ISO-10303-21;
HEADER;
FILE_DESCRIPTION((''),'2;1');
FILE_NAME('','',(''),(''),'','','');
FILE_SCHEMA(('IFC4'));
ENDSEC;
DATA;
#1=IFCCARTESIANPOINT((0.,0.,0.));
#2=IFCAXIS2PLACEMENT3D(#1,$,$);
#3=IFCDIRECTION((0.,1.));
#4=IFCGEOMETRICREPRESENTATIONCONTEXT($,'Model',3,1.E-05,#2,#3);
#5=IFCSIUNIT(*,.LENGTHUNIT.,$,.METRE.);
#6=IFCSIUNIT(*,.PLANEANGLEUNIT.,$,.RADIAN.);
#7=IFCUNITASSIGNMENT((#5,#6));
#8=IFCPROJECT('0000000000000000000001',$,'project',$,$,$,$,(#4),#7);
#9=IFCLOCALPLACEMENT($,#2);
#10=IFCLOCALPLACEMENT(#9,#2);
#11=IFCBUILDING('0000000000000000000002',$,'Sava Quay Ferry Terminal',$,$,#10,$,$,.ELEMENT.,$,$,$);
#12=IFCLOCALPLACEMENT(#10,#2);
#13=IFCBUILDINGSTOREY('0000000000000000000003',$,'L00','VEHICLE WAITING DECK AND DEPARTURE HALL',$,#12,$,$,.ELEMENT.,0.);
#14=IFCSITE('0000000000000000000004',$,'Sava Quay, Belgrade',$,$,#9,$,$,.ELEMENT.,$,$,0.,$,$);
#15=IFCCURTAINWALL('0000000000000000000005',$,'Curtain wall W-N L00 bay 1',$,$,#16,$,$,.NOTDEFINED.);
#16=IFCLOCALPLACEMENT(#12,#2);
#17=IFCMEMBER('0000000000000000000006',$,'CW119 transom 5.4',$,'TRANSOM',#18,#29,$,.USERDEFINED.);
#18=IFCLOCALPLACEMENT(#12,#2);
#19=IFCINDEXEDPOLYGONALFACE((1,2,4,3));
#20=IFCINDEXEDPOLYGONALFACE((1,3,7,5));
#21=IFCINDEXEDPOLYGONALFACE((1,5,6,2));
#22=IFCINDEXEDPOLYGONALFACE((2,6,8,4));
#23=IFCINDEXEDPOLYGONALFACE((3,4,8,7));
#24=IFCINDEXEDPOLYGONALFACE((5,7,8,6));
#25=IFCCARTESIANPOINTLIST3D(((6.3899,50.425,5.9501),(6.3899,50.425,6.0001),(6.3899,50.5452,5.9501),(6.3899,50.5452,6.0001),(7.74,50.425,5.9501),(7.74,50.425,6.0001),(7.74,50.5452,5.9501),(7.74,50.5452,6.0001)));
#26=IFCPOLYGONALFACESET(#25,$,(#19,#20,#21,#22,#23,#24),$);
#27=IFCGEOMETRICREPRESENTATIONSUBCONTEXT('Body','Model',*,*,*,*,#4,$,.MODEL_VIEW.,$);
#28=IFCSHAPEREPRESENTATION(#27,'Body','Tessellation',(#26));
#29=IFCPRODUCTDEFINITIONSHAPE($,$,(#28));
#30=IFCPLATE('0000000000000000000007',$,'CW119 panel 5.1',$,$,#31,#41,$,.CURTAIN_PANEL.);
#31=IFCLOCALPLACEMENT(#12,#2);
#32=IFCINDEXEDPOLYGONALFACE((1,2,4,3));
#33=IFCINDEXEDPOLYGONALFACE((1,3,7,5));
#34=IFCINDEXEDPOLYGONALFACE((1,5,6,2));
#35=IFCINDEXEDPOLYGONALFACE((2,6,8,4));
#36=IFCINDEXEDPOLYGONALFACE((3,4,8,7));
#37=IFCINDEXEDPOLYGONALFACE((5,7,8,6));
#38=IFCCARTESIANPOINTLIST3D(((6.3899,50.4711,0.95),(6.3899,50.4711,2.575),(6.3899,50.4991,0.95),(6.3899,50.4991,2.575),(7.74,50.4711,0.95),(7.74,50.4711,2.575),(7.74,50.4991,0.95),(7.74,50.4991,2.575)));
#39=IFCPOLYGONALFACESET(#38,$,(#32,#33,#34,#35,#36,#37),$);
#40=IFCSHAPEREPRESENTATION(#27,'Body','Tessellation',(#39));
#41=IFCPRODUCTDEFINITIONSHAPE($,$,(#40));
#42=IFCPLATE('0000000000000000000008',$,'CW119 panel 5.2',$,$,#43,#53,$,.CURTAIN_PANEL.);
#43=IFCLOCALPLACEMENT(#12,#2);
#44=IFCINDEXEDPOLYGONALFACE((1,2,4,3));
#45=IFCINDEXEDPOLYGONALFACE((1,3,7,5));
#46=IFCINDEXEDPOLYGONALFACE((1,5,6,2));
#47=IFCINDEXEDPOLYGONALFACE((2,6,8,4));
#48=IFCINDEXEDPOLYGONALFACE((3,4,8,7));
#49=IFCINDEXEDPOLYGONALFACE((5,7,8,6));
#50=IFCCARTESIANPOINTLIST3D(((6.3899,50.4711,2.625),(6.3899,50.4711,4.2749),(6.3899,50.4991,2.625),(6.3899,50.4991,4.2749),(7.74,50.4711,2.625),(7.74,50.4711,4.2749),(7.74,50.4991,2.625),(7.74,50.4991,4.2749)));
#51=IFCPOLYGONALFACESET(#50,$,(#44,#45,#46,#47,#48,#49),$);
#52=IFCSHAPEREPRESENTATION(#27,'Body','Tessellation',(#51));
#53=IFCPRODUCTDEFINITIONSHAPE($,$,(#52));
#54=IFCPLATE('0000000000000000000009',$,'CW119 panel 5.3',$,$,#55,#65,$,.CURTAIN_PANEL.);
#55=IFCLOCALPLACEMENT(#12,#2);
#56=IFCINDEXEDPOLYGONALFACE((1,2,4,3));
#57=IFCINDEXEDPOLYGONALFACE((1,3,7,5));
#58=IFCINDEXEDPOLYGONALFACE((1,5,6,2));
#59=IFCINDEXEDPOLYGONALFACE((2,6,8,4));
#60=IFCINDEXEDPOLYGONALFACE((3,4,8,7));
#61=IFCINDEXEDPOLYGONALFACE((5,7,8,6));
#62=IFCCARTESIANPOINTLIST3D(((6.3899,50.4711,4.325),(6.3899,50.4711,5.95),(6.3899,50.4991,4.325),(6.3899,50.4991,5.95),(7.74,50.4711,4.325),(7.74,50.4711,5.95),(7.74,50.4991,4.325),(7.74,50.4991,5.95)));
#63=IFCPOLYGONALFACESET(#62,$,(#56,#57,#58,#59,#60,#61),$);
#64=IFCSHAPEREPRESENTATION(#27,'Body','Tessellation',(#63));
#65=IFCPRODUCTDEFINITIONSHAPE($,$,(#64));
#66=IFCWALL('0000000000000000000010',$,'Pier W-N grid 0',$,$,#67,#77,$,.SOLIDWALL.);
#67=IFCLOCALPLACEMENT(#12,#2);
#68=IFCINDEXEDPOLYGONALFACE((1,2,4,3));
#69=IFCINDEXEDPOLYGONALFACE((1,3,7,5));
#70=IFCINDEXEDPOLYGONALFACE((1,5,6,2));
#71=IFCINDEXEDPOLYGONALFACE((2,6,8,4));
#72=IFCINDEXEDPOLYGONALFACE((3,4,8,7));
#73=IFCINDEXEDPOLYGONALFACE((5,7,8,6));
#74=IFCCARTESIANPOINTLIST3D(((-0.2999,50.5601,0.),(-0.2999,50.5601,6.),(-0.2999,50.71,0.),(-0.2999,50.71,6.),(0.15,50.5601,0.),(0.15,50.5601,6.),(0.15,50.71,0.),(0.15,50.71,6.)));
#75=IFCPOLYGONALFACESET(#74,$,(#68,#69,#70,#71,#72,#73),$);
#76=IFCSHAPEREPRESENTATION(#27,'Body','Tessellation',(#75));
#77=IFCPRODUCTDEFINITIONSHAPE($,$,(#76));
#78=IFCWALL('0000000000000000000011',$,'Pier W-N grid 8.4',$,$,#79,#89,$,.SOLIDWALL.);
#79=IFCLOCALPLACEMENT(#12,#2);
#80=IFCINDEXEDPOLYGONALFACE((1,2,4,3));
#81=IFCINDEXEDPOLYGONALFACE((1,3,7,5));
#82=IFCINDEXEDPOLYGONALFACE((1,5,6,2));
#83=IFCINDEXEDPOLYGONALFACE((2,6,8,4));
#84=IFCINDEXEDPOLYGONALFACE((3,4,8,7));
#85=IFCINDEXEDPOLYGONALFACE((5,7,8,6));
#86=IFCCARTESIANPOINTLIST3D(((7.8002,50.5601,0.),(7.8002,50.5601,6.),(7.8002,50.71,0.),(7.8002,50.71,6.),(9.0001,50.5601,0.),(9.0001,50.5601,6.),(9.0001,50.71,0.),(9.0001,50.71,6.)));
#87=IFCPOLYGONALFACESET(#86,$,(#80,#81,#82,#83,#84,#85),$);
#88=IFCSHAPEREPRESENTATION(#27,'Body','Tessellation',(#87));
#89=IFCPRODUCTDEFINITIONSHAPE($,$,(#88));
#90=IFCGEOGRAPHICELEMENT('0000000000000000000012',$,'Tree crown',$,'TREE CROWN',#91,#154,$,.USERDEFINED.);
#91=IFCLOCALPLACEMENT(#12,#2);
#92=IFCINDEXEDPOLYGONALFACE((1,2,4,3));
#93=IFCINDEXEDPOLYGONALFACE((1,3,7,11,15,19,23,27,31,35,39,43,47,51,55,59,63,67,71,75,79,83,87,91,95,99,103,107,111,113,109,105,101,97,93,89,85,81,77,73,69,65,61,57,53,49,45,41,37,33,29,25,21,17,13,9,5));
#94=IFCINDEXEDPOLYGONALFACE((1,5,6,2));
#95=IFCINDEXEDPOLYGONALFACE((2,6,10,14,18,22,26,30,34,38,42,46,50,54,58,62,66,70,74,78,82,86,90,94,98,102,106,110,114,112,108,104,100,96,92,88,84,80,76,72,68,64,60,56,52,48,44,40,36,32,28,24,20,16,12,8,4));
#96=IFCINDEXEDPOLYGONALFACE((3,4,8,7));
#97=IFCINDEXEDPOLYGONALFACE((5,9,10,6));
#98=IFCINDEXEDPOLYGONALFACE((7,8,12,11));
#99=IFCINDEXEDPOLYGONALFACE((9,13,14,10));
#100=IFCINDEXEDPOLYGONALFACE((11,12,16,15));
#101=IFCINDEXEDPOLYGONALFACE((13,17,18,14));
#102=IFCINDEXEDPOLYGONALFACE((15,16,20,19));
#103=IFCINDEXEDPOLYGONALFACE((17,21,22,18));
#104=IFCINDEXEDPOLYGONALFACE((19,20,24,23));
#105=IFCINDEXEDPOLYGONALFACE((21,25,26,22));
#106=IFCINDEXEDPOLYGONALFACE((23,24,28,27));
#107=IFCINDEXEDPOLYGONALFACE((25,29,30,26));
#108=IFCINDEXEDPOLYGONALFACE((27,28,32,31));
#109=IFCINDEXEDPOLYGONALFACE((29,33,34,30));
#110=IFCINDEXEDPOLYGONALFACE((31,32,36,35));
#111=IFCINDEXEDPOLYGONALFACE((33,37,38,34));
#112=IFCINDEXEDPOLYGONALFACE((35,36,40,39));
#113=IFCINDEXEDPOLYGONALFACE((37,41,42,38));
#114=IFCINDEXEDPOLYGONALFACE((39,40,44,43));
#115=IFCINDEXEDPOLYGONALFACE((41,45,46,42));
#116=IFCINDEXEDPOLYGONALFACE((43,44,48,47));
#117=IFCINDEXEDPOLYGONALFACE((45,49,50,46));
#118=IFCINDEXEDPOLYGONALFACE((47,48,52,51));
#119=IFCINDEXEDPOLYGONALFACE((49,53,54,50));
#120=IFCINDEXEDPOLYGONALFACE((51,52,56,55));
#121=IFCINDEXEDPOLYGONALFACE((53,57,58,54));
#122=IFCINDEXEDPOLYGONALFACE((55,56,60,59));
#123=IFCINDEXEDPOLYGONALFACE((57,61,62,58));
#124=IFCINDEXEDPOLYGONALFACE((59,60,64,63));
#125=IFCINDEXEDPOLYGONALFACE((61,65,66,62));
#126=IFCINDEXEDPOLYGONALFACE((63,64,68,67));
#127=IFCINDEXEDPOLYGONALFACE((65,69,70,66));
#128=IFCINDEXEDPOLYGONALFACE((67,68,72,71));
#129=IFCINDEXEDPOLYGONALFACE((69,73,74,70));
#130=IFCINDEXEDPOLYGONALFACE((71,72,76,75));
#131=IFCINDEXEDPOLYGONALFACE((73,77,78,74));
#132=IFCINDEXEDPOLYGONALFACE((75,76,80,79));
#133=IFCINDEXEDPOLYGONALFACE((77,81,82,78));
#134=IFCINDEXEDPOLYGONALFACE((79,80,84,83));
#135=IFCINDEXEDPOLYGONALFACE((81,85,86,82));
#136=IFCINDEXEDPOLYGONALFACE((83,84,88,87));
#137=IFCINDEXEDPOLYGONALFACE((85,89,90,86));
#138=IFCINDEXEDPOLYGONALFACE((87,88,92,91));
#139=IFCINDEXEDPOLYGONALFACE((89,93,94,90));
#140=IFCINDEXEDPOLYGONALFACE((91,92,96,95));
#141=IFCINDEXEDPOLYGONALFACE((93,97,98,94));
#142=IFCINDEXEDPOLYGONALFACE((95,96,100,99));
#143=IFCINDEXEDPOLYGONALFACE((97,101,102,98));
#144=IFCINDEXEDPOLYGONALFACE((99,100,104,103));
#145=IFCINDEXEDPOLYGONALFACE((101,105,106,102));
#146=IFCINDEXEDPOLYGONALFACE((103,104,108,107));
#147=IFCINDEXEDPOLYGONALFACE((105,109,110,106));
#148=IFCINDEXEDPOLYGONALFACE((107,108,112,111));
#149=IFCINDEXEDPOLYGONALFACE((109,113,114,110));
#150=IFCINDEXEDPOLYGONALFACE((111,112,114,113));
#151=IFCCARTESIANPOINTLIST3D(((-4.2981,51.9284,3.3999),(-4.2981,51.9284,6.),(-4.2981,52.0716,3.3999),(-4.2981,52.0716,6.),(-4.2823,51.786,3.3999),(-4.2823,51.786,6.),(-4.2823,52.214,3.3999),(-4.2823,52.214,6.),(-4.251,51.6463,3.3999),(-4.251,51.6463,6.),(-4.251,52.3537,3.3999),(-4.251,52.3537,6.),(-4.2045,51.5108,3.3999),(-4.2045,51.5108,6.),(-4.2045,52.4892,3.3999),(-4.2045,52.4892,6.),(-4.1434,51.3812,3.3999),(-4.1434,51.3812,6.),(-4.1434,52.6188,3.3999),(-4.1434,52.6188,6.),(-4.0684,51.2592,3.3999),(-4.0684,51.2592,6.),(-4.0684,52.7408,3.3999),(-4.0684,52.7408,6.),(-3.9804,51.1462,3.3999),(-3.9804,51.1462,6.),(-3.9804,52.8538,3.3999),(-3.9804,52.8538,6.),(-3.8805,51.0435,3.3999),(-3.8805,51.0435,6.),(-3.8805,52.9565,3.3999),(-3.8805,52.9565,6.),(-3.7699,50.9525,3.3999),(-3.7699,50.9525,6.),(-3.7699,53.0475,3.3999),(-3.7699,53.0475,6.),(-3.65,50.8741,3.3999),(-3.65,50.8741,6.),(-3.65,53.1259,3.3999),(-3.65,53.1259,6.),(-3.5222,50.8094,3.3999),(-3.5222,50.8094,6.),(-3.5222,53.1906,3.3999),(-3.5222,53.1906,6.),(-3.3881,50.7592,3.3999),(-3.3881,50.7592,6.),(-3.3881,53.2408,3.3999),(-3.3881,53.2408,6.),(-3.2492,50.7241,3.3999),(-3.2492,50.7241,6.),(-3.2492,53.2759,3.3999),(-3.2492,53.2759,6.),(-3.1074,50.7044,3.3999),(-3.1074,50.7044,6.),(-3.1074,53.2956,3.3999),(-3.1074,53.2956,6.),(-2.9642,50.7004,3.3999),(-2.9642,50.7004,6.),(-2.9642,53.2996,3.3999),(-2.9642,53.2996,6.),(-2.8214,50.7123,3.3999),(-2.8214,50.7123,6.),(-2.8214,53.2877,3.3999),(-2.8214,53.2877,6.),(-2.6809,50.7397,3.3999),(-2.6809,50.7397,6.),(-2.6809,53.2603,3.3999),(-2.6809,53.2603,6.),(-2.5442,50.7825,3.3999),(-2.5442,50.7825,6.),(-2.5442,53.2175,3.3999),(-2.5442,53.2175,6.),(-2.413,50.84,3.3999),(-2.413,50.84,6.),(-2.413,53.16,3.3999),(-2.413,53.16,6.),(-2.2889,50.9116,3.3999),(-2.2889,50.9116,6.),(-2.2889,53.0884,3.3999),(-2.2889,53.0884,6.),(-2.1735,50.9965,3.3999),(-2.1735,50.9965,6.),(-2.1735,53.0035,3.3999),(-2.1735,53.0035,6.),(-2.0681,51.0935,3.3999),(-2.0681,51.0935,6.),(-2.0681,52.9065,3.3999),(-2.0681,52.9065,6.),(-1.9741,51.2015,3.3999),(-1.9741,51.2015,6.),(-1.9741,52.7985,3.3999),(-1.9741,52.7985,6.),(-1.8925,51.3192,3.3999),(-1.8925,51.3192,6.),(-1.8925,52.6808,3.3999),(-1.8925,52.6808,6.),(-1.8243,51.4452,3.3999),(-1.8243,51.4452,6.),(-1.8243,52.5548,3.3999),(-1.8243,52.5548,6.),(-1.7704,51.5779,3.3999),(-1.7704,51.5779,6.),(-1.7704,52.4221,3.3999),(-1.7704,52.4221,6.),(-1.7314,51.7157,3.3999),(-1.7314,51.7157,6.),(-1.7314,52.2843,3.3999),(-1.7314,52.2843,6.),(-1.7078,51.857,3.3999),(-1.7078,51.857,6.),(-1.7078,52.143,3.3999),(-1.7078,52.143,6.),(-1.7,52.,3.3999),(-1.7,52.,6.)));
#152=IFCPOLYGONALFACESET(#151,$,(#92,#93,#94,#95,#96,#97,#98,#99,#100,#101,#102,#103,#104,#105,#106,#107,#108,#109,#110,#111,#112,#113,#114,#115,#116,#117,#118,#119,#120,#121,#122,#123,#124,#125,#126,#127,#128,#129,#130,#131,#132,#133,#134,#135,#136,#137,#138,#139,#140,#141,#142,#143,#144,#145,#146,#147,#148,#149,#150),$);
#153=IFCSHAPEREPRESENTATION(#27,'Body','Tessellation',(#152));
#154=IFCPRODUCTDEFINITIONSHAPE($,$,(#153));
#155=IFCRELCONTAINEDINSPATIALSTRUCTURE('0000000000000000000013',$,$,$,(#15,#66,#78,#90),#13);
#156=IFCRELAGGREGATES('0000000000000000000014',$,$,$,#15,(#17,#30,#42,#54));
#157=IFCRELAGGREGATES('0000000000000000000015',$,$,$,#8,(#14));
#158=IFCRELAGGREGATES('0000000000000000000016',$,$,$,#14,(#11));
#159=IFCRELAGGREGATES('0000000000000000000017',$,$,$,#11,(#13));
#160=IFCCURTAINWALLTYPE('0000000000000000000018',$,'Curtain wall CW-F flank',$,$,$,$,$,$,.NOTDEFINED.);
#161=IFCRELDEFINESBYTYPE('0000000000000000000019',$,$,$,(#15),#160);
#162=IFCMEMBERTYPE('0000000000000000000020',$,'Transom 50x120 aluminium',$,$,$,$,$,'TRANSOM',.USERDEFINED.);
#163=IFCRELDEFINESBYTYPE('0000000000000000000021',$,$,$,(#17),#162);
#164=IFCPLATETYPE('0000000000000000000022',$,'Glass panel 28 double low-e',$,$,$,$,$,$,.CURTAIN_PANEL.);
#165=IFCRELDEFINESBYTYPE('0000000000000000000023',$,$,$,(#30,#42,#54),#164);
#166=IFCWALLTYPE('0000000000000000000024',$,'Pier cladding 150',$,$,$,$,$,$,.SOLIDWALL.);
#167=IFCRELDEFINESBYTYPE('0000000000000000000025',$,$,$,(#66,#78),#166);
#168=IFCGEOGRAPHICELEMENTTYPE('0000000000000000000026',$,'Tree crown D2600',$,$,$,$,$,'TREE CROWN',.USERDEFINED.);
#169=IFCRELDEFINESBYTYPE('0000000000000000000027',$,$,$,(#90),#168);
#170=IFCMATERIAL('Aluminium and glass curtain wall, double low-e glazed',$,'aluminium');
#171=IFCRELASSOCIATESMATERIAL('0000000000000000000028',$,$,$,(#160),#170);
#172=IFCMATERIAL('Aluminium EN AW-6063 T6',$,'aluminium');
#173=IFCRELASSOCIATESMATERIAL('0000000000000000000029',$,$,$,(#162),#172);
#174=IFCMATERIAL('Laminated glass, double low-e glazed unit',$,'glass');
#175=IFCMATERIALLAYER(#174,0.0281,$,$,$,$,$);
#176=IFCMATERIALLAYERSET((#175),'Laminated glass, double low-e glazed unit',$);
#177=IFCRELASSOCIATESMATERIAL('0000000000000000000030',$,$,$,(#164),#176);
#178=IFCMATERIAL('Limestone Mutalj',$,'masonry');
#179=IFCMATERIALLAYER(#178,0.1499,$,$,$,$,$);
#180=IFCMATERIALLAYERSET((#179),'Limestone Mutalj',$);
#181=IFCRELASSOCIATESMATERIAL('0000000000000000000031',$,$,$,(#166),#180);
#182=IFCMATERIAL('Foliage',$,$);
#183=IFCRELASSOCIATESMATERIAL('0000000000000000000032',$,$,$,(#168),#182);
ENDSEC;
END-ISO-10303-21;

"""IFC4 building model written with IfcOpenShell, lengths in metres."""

from ifc_helpers import new_model, si_unit, direction, frame, frame_2d, origin, origin_2d, place, context, subcontext, project, spatial, rectangle, circle, extrude, material, layer, layer_set, material_profile, profile_set, type_object, element, aggregate, save


model = new_model("IFC4")

# Units and contexts
model_context = context("Model", 3, precision=1e-05, world=origin(), true_north=direction((0.0, 1.0)))
body_context = subcontext(model_context, "Body", "Model", "MODEL_VIEW")
ifc_project = project(units=[si_unit("LENGTHUNIT", "METRE"), si_unit("PLANEANGLEUNIT", "RADIAN")], contexts=[model_context])

# Site, building, storey
site_placement = place(None, origin())
site = spatial("IfcSite", under=ifc_project, at=site_placement, Name="Sava Quay, Belgrade", CompositionType="ELEMENT", RefElevation=0.0)
building_placement = place(site_placement, origin())
building = spatial("IfcBuilding", under=site, at=building_placement, Name="Sava Quay Ferry Terminal", CompositionType="ELEMENT")
storey_placement = place(building_placement, origin())
storey = spatial("IfcBuildingStorey", under=building, at=storey_placement, Name="L00", Description="VEHICLE WAITING DECK AND DEPARTURE HALL", CompositionType="ELEMENT", Elevation=0.0)

# Curtain wall
ifc_material_1 = material(Name="Aluminium and glass curtain wall, double low-e glazed", Category="aluminium")
curtain_wall_type = type_object("IfcCurtainWallType", Name="Curtain wall CW-F flank", PredefinedType="NOTDEFINED", material=ifc_material_1)
curtain_wall_placement = place(storey_placement, origin())
curtain_wall = element("IfcCurtainWall", 1, at=curtain_wall_placement, inside=storey, type_object=curtain_wall_type, Name="Curtain wall W-N L00 bay 1", PredefinedType="NOTDEFINED")

# Member
ifc_material_2 = material(Name="Aluminium EN AW-6063 T6", Category="aluminium")
ifc_material_profile_1 = material_profile(ifc_material_2, rectangle(XDim=0.1201, YDim=0.05, at=origin_2d()), Name="Transom 50x120 aluminium")
ifc_profile_set_1 = profile_set([ifc_material_profile_1], Name="Aluminium EN AW-6063 T6")
member_type_1 = type_object("IfcMemberType", Name="Transom 50x120 aluminium", ElementType="TRANSOM", PredefinedType="USERDEFINED", material=ifc_profile_set_1)
member_1_placement = place(storey_placement, frame((6.3899, 50.4851, 5.9751), z_axis=(1.0, 0.0, 0.0), x_axis=(0.0, 1.0, 0.0)))
member_1 = element("IfcMember", 2, at=member_1_placement, type_object=member_type_1, Name="CW119 transom 5.4", ObjectType="TRANSOM", PredefinedType="USERDEFINED", context=body_context, shape_type="SweptSolid", body=[
    extrude(rectangle(XDim=0.1201, YDim=0.05, at=origin_2d()), origin(), (0.0, 0.0, 1.0), 1.3501),
])

# Plates
ifc_material_3 = material(Name="Laminated glass, double low-e glazed unit", Category="glass")
ifc_layer_1 = layer(ifc_material_3, 0.0281)
ifc_layer_set_1 = layer_set([ifc_layer_1], Name="Laminated glass, double low-e glazed unit")
plate_type = type_object("IfcPlateType", Name="Glass panel 28 double low-e", PredefinedType="CURTAIN_PANEL", material=ifc_layer_set_1)
plate_1_placement = place(storey_placement, frame((7.0649, 50.4851, 0.95), z_axis=(0.0, 0.0, 1.0), x_axis=(1.0, 0.0, 0.0)))
plate_1 = element("IfcPlate", 3, at=plate_1_placement, type_object=plate_type, Name="CW119 panel 5.1", PredefinedType="CURTAIN_PANEL", context=body_context, shape_type="SweptSolid", body=[
    extrude(rectangle(XDim=1.3501, YDim=0.0281, at=origin_2d()), origin(), (0.0, 0.0, 1.0), 1.625),
])
plate_2_placement = place(storey_placement, frame((7.0649, 50.4851, 2.625), z_axis=(0.0, 0.0, 1.0), x_axis=(1.0, 0.0, 0.0)))
plate_2 = element("IfcPlate", 4, at=plate_2_placement, type_object=plate_type, Name="CW119 panel 5.2", PredefinedType="CURTAIN_PANEL", context=body_context, shape_type="SweptSolid", body=[
    extrude(rectangle(XDim=1.3501, YDim=0.0281, at=origin_2d()), origin(), (0.0, 0.0, 1.0), 1.6499),
])
plate_3_placement = place(storey_placement, frame((7.0649, 50.4851, 4.325), z_axis=(0.0, 0.0, 1.0), x_axis=(1.0, 0.0, 0.0)))
plate_3 = element("IfcPlate", 5, at=plate_3_placement, type_object=plate_type, Name="CW119 panel 5.3", PredefinedType="CURTAIN_PANEL", context=body_context, shape_type="SweptSolid", body=[
    extrude(rectangle(XDim=1.3501, YDim=0.0281, at=origin_2d()), origin(), (0.0, 0.0, 1.0), 1.625),
])
aggregate(curtain_wall, [member_1, plate_1, plate_2, plate_3])

# Walls
ifc_material_4 = material(Name="Limestone Mutalj", Category="masonry")
ifc_layer_2 = layer(ifc_material_4, 0.1499)
ifc_layer_set_2 = layer_set([ifc_layer_2], Name="Limestone Mutalj")
wall_type = type_object("IfcWallType", Name="Pier cladding 150", PredefinedType="SOLIDWALL", material=ifc_layer_set_2)
wall_1_placement = place(storey_placement, frame((-0.3, 50.635, 0.0), z_axis=(0.0, 0.0, 1.0), x_axis=(1.0, 0.0, 0.0)))
element("IfcWall", 6, at=wall_1_placement, inside=storey, type_object=wall_type, Name="Pier W-N grid 0", PredefinedType="SOLIDWALL", context=body_context, shape_type="SweptSolid", body=[
    extrude(rectangle(XDim=0.45, YDim=0.1499, at=frame_2d((0.2251, 0.0))), origin(), (0.0, 0.0, 1.0), 6.0),
])
wall_2_placement = place(storey_placement, frame((7.8, 50.635, 0.0), z_axis=(0.0, 0.0, 1.0), x_axis=(1.0, 0.0, 0.0)))
element("IfcWall", 7, at=wall_2_placement, inside=storey, type_object=wall_type, Name="Pier W-N grid 8.4", PredefinedType="SOLIDWALL", context=body_context, shape_type="SweptSolid", body=[
    extrude(rectangle(XDim=1.2, YDim=0.1499, at=frame_2d((0.6001, 0.0))), origin(), (0.0, 0.0, 1.0), 6.0),
])

# Geographic element
ifc_material_5 = material(Name="Foliage")
geographic_element_type_1 = type_object("IfcGeographicElementType", Name="Tree crown D2600", ElementType="TREE CROWN", PredefinedType="USERDEFINED", material=ifc_material_5)
for number, where, z_axis, x_axis, name in (
    (8, (-3.0, 52.0, 6.0), (0.0, 0.0, -1.0), (1.0, 0.0, 0.0), "Tree crown"),
):
    element("IfcGeographicElement", number, at=place(storey_placement, frame(where, z_axis=z_axis, x_axis=x_axis)), inside=storey, type_object=geographic_element_type_1, Name=name, ObjectType="TREE CROWN", PredefinedType="USERDEFINED", context=body_context, shape_type="SweptSolid", body=[
        extrude(circle(Radius=1.3, at=origin_2d()), origin(), (0.0, 0.0, 1.0), 2.6001),
    ])

save(model, "model.ifc")
